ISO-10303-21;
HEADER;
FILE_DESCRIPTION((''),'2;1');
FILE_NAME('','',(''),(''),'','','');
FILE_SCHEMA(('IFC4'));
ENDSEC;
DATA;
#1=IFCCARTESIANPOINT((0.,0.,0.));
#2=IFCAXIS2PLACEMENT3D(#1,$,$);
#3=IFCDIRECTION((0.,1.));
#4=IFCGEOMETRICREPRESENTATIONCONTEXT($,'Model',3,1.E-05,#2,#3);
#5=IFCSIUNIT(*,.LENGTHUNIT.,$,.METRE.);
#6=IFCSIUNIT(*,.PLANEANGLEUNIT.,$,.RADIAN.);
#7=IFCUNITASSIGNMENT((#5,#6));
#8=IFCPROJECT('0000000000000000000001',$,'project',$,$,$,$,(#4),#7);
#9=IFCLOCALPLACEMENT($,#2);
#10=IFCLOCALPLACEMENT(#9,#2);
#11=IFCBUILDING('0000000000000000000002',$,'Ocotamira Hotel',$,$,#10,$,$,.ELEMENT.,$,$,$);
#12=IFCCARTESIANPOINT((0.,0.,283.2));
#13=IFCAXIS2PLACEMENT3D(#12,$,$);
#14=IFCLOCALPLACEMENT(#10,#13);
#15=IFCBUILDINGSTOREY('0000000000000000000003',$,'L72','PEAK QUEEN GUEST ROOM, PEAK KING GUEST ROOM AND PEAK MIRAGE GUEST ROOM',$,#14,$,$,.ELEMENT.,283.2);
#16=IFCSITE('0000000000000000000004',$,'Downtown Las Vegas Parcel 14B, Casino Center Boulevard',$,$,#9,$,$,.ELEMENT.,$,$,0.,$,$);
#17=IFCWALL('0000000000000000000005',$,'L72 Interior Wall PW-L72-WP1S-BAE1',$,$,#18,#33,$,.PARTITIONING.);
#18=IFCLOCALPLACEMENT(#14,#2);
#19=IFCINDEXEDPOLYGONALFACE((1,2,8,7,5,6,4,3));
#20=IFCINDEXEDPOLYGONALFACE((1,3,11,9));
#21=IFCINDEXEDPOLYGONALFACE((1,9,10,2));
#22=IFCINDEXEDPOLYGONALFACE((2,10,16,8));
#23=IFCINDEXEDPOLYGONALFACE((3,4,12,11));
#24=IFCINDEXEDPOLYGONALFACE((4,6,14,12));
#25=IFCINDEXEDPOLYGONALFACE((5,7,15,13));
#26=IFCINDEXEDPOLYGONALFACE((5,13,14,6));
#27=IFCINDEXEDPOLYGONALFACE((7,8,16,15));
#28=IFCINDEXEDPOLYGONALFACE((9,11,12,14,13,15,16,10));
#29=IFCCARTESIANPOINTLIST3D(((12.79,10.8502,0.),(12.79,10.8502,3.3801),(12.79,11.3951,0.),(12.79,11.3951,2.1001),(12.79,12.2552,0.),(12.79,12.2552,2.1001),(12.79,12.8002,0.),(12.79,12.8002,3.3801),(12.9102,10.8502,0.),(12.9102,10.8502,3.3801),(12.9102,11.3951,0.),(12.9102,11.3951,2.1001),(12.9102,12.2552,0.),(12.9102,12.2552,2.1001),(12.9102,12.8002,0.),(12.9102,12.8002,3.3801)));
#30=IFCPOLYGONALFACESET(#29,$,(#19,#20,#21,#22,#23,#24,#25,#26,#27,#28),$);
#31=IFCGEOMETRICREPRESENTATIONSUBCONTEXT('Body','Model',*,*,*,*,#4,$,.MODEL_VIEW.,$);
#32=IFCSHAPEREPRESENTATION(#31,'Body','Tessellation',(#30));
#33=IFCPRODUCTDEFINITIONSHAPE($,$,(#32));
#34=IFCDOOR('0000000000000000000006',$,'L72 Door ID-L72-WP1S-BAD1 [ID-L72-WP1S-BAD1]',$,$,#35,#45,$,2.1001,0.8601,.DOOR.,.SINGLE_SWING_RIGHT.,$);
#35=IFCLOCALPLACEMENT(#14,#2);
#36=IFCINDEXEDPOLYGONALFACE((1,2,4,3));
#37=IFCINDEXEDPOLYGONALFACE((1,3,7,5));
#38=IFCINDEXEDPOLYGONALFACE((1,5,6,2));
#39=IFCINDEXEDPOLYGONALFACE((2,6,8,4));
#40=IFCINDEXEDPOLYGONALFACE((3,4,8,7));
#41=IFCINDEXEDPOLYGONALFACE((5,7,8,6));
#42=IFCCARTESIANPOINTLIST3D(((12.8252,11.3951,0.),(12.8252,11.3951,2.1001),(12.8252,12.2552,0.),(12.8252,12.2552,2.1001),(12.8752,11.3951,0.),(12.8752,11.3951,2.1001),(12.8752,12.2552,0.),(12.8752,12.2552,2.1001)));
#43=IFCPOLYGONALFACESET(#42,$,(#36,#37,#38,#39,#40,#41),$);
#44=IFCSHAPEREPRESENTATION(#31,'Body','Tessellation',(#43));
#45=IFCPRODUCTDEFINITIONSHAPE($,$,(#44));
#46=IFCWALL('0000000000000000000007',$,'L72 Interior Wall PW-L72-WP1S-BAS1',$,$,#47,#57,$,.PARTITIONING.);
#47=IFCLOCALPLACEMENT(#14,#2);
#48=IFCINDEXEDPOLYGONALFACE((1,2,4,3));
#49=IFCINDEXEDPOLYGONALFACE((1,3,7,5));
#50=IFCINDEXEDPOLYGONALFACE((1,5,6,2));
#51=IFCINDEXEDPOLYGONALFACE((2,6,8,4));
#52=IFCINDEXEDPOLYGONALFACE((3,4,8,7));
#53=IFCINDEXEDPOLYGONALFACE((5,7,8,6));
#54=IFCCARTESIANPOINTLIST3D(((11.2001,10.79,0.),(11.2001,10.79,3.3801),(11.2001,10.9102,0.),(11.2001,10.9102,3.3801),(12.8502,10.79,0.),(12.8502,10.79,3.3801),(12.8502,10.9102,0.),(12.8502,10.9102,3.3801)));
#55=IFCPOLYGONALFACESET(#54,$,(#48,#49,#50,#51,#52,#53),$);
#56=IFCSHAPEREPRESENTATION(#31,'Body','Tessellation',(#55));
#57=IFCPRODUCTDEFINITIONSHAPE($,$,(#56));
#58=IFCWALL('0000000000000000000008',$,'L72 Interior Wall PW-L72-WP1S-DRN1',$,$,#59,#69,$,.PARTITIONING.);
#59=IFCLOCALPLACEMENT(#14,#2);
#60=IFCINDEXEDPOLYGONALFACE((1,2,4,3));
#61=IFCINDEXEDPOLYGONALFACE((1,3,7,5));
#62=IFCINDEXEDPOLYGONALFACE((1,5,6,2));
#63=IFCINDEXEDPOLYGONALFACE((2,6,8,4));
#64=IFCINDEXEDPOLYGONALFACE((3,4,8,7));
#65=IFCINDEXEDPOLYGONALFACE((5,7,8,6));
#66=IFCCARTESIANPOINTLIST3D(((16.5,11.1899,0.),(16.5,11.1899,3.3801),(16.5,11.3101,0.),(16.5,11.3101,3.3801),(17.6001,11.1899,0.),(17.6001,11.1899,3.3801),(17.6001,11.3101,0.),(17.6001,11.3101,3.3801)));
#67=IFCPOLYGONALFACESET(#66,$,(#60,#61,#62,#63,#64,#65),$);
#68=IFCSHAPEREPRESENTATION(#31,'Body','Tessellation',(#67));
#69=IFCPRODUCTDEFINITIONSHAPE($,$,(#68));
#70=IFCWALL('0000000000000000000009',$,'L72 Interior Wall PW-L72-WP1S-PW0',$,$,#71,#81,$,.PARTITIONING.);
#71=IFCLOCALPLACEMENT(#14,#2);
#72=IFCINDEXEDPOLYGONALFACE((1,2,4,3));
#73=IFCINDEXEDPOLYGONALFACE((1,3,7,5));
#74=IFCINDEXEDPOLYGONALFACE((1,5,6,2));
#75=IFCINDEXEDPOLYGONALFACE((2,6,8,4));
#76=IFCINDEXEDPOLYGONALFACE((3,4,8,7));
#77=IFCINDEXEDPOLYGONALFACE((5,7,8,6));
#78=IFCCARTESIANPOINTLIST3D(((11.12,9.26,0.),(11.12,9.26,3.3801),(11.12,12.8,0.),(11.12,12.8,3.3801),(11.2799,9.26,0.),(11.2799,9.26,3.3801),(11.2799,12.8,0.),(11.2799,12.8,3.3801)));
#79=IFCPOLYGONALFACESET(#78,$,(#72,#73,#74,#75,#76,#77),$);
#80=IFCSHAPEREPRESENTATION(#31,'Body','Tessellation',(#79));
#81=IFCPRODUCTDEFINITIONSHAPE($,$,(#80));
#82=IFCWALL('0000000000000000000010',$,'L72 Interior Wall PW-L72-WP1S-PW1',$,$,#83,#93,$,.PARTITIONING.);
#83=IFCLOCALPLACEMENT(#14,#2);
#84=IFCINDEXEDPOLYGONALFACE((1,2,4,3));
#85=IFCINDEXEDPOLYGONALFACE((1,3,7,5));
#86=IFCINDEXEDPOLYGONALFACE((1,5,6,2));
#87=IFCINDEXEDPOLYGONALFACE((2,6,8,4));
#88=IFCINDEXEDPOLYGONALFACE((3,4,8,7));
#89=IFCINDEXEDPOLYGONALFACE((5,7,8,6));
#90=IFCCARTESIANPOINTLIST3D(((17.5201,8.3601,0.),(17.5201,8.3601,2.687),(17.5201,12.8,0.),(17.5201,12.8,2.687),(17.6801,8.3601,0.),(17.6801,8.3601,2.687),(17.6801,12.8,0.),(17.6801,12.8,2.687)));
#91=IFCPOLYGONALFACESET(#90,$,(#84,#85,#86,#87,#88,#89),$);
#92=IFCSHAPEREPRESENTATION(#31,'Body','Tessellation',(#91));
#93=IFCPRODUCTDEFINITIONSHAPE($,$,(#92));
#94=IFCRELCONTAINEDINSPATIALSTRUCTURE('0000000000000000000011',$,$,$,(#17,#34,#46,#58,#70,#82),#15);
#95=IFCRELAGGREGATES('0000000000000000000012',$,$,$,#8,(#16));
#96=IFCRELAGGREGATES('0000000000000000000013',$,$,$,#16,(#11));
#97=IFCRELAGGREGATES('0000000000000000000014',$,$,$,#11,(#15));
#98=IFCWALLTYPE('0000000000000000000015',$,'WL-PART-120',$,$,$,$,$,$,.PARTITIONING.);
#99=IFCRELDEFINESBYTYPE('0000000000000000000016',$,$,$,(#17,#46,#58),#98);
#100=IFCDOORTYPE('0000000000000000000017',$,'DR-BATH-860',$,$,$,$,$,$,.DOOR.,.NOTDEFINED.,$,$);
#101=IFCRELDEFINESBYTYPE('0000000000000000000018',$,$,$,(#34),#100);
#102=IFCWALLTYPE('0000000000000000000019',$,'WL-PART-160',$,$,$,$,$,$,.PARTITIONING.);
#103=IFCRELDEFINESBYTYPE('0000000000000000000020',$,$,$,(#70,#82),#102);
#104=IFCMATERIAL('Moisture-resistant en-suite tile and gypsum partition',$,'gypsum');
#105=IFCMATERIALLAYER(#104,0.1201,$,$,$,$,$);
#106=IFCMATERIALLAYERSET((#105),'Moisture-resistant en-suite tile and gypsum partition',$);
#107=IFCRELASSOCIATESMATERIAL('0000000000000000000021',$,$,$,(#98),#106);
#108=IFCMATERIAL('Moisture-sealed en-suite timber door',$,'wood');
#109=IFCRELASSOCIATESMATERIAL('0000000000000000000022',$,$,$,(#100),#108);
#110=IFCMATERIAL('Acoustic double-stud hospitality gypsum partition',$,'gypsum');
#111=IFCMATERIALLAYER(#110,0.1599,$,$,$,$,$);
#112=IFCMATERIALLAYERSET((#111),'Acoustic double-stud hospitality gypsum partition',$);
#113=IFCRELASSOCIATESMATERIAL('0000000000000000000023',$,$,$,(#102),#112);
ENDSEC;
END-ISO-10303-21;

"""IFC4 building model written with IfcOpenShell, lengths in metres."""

from ifc_helpers import new_model, si_unit, direction, frame, frame_2d, origin, place, context, subcontext, project, spatial, rectangle, extrude, source, transform, mapped, material, layer, layer_set, type_object, element, fill, save


model = new_model("IFC4")

# Units and contexts
model_context = context("Model", 3, precision=1e-05, world=origin(), true_north=direction((0.0, 1.0)))
body_context = subcontext(model_context, "Body", "Model", "MODEL_VIEW")
ifc_project = project(units=[si_unit("LENGTHUNIT", "METRE"), si_unit("PLANEANGLEUNIT", "RADIAN")], contexts=[model_context])

# Site, building, storey
site_placement = place(None, origin())
site = spatial("IfcSite", under=ifc_project, at=site_placement, Name="Downtown Las Vegas Parcel 14B, Casino Center Boulevard", CompositionType="ELEMENT", RefElevation=0.0)
building_placement = place(site_placement, origin())
building = spatial("IfcBuilding", under=site, at=building_placement, Name="Ocotamira Hotel", CompositionType="ELEMENT")
storey_placement = place(building_placement, frame((0.0, 0.0, 283.2)))
storey = spatial("IfcBuildingStorey", under=building, at=storey_placement, Name="L72", Description="PEAK QUEEN GUEST ROOM, PEAK KING GUEST ROOM AND PEAK MIRAGE GUEST ROOM", CompositionType="ELEMENT", Elevation=283.2)

# Wall, opening, door
ifc_material_1 = material(Name="Moisture-resistant en-suite tile and gypsum partition", Category="gypsum")
ifc_layer_1 = layer(ifc_material_1, 0.1201)
ifc_layer_set_1 = layer_set([ifc_layer_1], Name="Moisture-resistant en-suite tile and gypsum partition")
wall_type_1 = type_object("IfcWallType", Name="WL-PART-120", PredefinedType="PARTITIONING", material=ifc_layer_set_1)
wall_1_placement = place(storey_placement, frame((12.8501, 10.8501, 0.0), z_axis=(0.0, 0.0, 1.0), x_axis=(0.0, 1.0, 0.0)))
wall_1 = element("IfcWall", 1, at=wall_1_placement, inside=storey, type_object=wall_type_1, Name="L72 Interior Wall PW-L72-WP1S-BAE1", PredefinedType="PARTITIONING", context=body_context, shape_type="SweptSolid", body=[
    extrude(rectangle(XDim=1.95, YDim=0.1201, at=frame_2d((0.9751, 0.0))), origin(), (0.0, 0.0, 1.0), 3.3801),
])
opening_1_placement = place(wall_1_placement, frame((0.5449, 0.0, 0.0)))
opening_1 = element("IfcOpeningElement", 2, at=opening_1_placement, cuts=wall_1, PredefinedType="OPENING", context=body_context, shape_type="SweptSolid", body=[
    extrude(rectangle(XDim=0.8601, YDim=2.1001, at=frame_2d((0.4302, 1.05))), frame((0.0, 0.0701, 0.0), z_axis=(0.0, -1.0, 0.0), x_axis=(1.0, 0.0, 0.0)), (0.0, 0.0, 1.0), 0.1401),
])
ifc_material_2 = material(Name="Moisture-sealed en-suite timber door", Category="wood")
door_type_1 = type_object("IfcDoorType", Name="DR-BATH-860", OperationType="NOTDEFINED", PredefinedType="DOOR", material=ifc_material_2)
shared_shape_1 = source(origin(), body_context, "Body", "SweptSolid", [
    extrude(rectangle(XDim=0.8601, YDim=2.1001, at=frame_2d((0.4302, 1.05))), frame((0.0, 0.0249, 0.0), z_axis=(0.0, -1.0, 0.0), x_axis=(1.0, 0.0, 0.0)), (0.0, 0.0, 1.0), 0.05),
])
door_1_placement = place(opening_1_placement, origin())
door_1 = element("IfcDoor", 3, at=door_1_placement, inside=storey, type_object=door_type_1, Name="L72 Door ID-L72-WP1S-BAD1 [ID-L72-WP1S-BAD1]", OperationType="SINGLE_SWING_RIGHT", OverallHeight=2.1001, OverallWidth=0.8601, PredefinedType="DOOR", context=body_context, shape_type="MappedRepresentation", body=[
    mapped(shared_shape_1, transform((0.0, 0.0, 0.0), scale=1.0)),
])
fill(opening_1, door_1)

# Walls
wall_2_placement = place(storey_placement, frame((11.2, 10.8501, 0.0), z_axis=(0.0, 0.0, 1.0), x_axis=(1.0, 0.0, 0.0)))
element("IfcWall", 4, at=wall_2_placement, inside=storey, type_object=wall_type_1, Name="L72 Interior Wall PW-L72-WP1S-BAS1", PredefinedType="PARTITIONING", context=body_context, shape_type="SweptSolid", body=[
    extrude(rectangle(XDim=1.6501, YDim=0.1201, at=frame_2d((0.8252, 0.0))), origin(), (0.0, 0.0, 1.0), 3.3801),
])
wall_3_placement = place(storey_placement, frame((16.5, 11.25, 0.0), z_axis=(0.0, 0.0, 1.0), x_axis=(1.0, 0.0, 0.0)))
element("IfcWall", 5, at=wall_3_placement, inside=storey, type_object=wall_type_1, Name="L72 Interior Wall PW-L72-WP1S-DRN1", PredefinedType="PARTITIONING", context=body_context, shape_type="SweptSolid", body=[
    extrude(rectangle(XDim=1.1001, YDim=0.1201, at=frame_2d((0.55, 0.0))), origin(), (0.0, 0.0, 1.0), 3.3801),
])
ifc_material_3 = material(Name="Acoustic double-stud hospitality gypsum partition", Category="gypsum")
ifc_layer_2 = layer(ifc_material_3, 0.1599)
ifc_layer_set_2 = layer_set([ifc_layer_2], Name="Acoustic double-stud hospitality gypsum partition")
wall_type_2 = type_object("IfcWallType", Name="WL-PART-160", PredefinedType="PARTITIONING", material=ifc_layer_set_2)
wall_4_placement = place(storey_placement, frame((11.2, 9.26, 0.0), z_axis=(0.0, 0.0, 1.0), x_axis=(0.0, 1.0, 0.0)))
element("IfcWall", 6, at=wall_4_placement, inside=storey, type_object=wall_type_2, Name="L72 Interior Wall PW-L72-WP1S-PW0", PredefinedType="PARTITIONING", context=body_context, shape_type="SweptSolid", body=[
    extrude(rectangle(XDim=3.54, YDim=0.1599, at=frame_2d((1.77, 0.0))), origin(), (0.0, 0.0, 1.0), 3.3801),
])
wall_5_placement = place(storey_placement, frame((17.6001, 8.3601, 0.0), z_axis=(0.0, 0.0, 1.0), x_axis=(0.0, 1.0, 0.0)))
element("IfcWall", 7, at=wall_5_placement, inside=storey, type_object=wall_type_2, Name="L72 Interior Wall PW-L72-WP1S-PW1", PredefinedType="PARTITIONING", context=body_context, shape_type="SweptSolid", body=[
    extrude(rectangle(XDim=4.4399, YDim=0.1599, at=frame_2d((2.22, 0.0))), origin(), (0.0, 0.0, 1.0), 2.687),
])

save(model, "model.ifc")
